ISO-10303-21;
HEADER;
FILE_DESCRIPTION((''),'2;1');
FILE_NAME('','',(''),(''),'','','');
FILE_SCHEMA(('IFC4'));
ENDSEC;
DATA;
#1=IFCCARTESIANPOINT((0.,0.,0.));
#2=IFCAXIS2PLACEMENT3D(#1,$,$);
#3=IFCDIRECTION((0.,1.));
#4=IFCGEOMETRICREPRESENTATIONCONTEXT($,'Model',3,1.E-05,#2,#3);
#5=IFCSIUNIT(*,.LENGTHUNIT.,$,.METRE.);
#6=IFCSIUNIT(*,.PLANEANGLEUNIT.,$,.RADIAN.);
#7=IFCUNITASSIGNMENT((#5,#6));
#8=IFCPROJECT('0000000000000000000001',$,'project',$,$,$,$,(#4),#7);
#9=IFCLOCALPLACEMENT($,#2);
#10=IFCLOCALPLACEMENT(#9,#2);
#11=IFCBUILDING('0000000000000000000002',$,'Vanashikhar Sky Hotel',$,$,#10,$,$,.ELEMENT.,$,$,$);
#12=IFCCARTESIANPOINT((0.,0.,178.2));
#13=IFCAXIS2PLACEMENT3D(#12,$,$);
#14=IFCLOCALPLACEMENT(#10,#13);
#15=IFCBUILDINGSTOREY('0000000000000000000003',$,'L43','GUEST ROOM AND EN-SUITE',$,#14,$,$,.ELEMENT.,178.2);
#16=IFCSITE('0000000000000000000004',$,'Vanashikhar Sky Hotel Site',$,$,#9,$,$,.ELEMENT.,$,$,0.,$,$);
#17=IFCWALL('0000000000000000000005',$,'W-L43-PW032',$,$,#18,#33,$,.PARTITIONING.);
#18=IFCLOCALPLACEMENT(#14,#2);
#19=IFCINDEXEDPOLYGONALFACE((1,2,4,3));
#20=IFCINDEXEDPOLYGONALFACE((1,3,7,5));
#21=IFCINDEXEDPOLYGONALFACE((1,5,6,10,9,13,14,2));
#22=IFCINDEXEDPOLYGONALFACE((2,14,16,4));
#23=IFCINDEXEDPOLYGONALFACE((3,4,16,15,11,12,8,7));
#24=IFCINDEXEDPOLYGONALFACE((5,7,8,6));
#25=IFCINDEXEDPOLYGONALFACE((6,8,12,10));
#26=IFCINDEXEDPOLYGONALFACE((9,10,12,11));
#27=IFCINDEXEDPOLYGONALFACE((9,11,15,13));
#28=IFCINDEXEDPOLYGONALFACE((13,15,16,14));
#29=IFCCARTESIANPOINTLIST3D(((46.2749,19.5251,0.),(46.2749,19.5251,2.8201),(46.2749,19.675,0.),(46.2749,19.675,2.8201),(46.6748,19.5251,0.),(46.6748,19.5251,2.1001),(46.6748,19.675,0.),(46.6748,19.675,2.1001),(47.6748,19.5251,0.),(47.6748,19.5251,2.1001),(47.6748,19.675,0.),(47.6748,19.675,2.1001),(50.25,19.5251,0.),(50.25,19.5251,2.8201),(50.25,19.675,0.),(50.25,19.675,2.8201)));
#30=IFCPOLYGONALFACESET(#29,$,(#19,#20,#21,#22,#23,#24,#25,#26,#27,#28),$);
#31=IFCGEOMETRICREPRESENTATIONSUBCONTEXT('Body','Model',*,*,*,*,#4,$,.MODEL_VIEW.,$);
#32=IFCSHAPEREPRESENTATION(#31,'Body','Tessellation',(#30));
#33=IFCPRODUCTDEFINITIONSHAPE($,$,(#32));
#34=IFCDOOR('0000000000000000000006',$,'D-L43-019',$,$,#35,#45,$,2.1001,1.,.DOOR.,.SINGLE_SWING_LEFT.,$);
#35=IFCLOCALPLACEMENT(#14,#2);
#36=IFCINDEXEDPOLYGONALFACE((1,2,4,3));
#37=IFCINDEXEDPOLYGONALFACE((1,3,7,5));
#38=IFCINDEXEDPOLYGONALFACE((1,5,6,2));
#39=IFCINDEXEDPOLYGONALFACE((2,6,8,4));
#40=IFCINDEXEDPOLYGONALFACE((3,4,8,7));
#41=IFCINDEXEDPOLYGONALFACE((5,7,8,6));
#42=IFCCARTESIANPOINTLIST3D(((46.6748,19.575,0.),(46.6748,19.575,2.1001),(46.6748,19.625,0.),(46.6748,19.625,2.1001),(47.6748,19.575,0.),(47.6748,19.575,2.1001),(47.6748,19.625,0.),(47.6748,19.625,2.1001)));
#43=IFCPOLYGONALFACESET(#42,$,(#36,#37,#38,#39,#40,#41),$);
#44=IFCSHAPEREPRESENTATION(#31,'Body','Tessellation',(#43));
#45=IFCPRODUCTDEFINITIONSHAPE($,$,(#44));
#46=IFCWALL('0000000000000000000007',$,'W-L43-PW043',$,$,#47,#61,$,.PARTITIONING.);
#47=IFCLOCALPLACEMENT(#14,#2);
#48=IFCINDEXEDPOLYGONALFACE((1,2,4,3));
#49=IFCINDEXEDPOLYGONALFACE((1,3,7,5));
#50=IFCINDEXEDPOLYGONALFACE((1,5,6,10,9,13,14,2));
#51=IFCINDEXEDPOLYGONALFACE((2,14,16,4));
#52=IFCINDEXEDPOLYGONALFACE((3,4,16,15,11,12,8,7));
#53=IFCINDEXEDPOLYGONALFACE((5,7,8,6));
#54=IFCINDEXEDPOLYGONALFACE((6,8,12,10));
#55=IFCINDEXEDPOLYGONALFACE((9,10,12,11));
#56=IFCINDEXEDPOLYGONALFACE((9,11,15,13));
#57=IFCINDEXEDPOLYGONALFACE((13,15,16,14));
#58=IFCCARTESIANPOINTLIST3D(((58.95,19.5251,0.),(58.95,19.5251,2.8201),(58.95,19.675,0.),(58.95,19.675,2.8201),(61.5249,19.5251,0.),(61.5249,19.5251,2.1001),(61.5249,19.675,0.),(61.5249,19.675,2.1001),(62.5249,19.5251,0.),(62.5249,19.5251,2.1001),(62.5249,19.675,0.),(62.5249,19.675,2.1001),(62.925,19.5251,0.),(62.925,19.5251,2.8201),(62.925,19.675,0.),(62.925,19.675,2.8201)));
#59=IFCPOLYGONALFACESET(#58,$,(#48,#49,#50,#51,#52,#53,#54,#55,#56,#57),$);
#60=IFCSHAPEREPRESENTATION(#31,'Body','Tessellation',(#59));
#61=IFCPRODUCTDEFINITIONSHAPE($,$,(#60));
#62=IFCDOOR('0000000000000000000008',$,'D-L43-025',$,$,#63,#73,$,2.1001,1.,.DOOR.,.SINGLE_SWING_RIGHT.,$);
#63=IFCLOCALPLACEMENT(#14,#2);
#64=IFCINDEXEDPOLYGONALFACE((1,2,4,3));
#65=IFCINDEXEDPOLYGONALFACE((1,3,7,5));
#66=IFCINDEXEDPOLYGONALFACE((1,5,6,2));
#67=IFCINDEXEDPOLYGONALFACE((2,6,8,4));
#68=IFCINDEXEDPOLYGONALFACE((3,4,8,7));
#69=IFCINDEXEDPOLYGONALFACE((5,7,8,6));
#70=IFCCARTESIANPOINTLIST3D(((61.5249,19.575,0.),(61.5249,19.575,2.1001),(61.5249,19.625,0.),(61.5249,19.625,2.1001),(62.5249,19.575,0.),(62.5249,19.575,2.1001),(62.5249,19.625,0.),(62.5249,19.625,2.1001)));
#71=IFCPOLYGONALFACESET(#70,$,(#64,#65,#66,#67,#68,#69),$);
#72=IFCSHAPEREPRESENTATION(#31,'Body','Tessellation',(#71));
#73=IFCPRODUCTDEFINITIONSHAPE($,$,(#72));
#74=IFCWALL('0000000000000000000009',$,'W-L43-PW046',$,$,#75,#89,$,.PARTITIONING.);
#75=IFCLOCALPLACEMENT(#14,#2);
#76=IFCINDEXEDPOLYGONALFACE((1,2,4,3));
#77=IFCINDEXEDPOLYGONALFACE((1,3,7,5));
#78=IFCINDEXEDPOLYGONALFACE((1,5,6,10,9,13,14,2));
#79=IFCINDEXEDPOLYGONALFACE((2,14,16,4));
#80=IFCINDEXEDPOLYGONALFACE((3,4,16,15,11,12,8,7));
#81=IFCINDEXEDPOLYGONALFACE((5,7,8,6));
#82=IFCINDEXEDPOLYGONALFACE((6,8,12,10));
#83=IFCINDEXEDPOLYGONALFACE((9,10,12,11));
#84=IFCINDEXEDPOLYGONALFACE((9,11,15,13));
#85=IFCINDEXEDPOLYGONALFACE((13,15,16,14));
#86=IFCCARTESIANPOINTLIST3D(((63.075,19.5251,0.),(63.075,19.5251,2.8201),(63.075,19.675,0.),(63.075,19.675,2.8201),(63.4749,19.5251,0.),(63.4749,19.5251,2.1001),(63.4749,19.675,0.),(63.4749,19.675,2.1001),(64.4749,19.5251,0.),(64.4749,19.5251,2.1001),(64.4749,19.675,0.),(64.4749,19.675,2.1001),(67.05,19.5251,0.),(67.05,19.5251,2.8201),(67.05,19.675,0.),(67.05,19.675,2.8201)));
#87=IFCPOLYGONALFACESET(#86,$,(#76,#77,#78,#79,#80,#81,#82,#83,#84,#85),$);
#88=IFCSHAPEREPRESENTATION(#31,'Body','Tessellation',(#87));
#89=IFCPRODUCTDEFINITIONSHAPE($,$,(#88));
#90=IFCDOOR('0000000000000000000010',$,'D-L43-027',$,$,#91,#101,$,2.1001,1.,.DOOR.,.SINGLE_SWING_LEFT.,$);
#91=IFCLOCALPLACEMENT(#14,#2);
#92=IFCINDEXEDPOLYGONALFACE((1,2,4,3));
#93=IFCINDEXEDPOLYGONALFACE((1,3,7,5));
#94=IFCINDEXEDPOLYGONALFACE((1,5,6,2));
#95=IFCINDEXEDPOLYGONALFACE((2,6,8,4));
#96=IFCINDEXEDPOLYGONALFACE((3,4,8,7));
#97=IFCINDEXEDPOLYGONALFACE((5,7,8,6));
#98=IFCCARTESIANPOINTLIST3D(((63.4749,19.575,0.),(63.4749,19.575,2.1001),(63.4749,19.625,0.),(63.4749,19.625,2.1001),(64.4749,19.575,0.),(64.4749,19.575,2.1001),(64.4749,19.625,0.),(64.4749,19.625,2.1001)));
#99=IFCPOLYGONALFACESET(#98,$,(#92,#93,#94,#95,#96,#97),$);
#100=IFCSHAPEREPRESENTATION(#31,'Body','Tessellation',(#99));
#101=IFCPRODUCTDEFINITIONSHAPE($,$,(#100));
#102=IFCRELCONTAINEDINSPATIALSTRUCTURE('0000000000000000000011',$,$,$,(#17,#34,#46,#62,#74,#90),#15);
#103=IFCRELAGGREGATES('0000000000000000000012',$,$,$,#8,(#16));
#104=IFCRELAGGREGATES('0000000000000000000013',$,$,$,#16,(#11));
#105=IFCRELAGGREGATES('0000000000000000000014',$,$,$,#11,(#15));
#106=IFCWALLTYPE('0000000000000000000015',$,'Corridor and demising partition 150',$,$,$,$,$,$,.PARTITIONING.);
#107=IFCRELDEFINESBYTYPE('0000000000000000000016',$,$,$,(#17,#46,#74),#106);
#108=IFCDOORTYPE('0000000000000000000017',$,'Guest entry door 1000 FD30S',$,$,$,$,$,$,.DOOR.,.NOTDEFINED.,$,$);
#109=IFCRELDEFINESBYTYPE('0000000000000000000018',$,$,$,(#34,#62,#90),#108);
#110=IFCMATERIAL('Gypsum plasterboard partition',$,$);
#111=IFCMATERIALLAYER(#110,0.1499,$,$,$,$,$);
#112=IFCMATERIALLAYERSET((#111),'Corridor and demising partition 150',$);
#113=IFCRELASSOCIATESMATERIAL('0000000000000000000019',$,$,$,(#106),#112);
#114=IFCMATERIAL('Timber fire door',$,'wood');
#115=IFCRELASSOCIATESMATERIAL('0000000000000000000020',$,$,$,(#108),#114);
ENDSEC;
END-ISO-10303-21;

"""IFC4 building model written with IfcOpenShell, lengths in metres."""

from ifc_helpers import new_model, si_unit, direction, frame, frame_2d, origin, place, context, subcontext, project, spatial, rectangle, extrude, source, transform, mapped, material, layer, layer_set, type_object, element, fill, save


model = new_model("IFC4")

# Units and contexts
model_context = context("Model", 3, precision=1e-05, world=origin(), true_north=direction((0.0, 1.0)))
body_context = subcontext(model_context, "Body", "Model", "MODEL_VIEW")
ifc_project = project(units=[si_unit("LENGTHUNIT", "METRE"), si_unit("PLANEANGLEUNIT", "RADIAN")], contexts=[model_context])

# Site, building, storey
site_placement = place(None, origin())
site = spatial("IfcSite", under=ifc_project, at=site_placement, Name="Vanashikhar Sky Hotel Site", CompositionType="ELEMENT", RefElevation=0.0)
building_placement = place(site_placement, origin())
building = spatial("IfcBuilding", under=site, at=building_placement, Name="Vanashikhar Sky Hotel", CompositionType="ELEMENT")
storey_placement = place(building_placement, frame((0.0, 0.0, 178.2)))
storey = spatial("IfcBuildingStorey", under=building, at=storey_placement, Name="L43", Description="GUEST ROOM AND EN-SUITE", CompositionType="ELEMENT", Elevation=178.2)

# Shared definitions
ifc_material_1 = material(Name="Gypsum plasterboard partition")

# Walls, openings, doors
ifc_layer_1 = layer(ifc_material_1, 0.1499)
ifc_layer_set_1 = layer_set([ifc_layer_1], Name="Corridor and demising partition 150")
wall_type_1 = type_object("IfcWallType", Name="Corridor and demising partition 150", PredefinedType="PARTITIONING", material=ifc_layer_set_1)
shared_shape_1 = source(origin(), body_context, "Body", "SweptSolid", [
    extrude(rectangle(XDim=1.0, YDim=2.1001, at=frame_2d((0.5, 1.05))), frame((0.0, 0.085, 0.0), z_axis=(0.0, -1.0, 0.0), x_axis=(1.0, 0.0, 0.0)), (0.0, 0.0, 1.0), 0.1699),
])
ifc_material_2 = material(Name="Timber fire door", Category="wood")
door_type_1 = type_object("IfcDoorType", Name="Guest entry door 1000 FD30S", OperationType="NOTDEFINED", PredefinedType="DOOR", material=ifc_material_2)
shared_shape_2 = source(origin(), body_context, "Body", "SweptSolid", [
    extrude(rectangle(XDim=1.0, YDim=2.1001, at=frame_2d((0.5, 1.05))), frame((0.0, 0.0249, 0.0), z_axis=(0.0, -1.0, 0.0), x_axis=(1.0, 0.0, 0.0)), (0.0, 0.0, 1.0), 0.05),
])
shared_shape_3 = source(origin(), body_context, "Body", "SweptSolid", [
    extrude(rectangle(XDim=3.9751, YDim=0.1499, at=frame_2d((1.9875, 0.0))), origin(), (0.0, 0.0, 1.0), 2.8201),
])
wall_1_placement = place(storey_placement, frame((46.2749, 19.6001, 0.0), z_axis=(0.0, 0.0, 1.0), x_axis=(1.0, 0.0, 0.0)))
wall_1 = element("IfcWall", 1, at=wall_1_placement, inside=storey, type_object=wall_type_1, Name="W-L43-PW032", PredefinedType="PARTITIONING", context=body_context, shape_type="MappedRepresentation", body=[
    mapped(shared_shape_3, transform((0.0, 0.0, 0.0), scale=1.0)),
])
opening_1_placement = place(wall_1_placement, frame((0.3999, 0.0, 0.0)))
opening_1 = element("IfcOpeningElement", 2, at=opening_1_placement, cuts=wall_1, PredefinedType="OPENING", context=body_context, shape_type="MappedRepresentation", body=[
    mapped(shared_shape_1, transform((0.0, 0.0, 0.0), scale=1.0)),
])
door_1_placement = place(opening_1_placement, origin())
door_1 = element("IfcDoor", 3, at=door_1_placement, inside=storey, type_object=door_type_1, Name="D-L43-019", OperationType="SINGLE_SWING_LEFT", OverallHeight=2.1001, OverallWidth=1.0, PredefinedType="DOOR", context=body_context, shape_type="MappedRepresentation", body=[
    mapped(shared_shape_2, transform((0.0, 0.0, 0.0), scale=1.0)),
])
fill(opening_1, door_1)
wall_2_placement = place(storey_placement, frame((58.95, 19.6001, 0.0), z_axis=(0.0, 0.0, 1.0), x_axis=(1.0, 0.0, 0.0)))
wall_2 = element("IfcWall", 4, at=wall_2_placement, inside=storey, type_object=wall_type_1, Name="W-L43-PW043", PredefinedType="PARTITIONING", context=body_context, shape_type="MappedRepresentation", body=[
    mapped(shared_shape_3, transform((0.0, 0.0, 0.0), scale=1.0)),
])
opening_2_placement = place(wall_2_placement, frame((2.575, 0.0, 0.0)))
opening_2 = element("IfcOpeningElement", 5, at=opening_2_placement, cuts=wall_2, PredefinedType="OPENING", context=body_context, shape_type="MappedRepresentation", body=[
    mapped(shared_shape_1, transform((0.0, 0.0, 0.0), scale=1.0)),
])
door_2_placement = place(opening_2_placement, origin())
door_2 = element("IfcDoor", 6, at=door_2_placement, inside=storey, type_object=door_type_1, Name="D-L43-025", OperationType="SINGLE_SWING_RIGHT", OverallHeight=2.1001, OverallWidth=1.0, PredefinedType="DOOR", context=body_context, shape_type="MappedRepresentation", body=[
    mapped(shared_shape_2, transform((0.0, 0.0, 0.0), scale=1.0)),
])
fill(opening_2, door_2)
wall_3_placement = place(storey_placement, frame((63.075, 19.6001, 0.0), z_axis=(0.0, 0.0, 1.0), x_axis=(1.0, 0.0, 0.0)))
wall_3 = element("IfcWall", 7, at=wall_3_placement, inside=storey, type_object=wall_type_1, Name="W-L43-PW046", PredefinedType="PARTITIONING", context=body_context, shape_type="MappedRepresentation", body=[
    mapped(shared_shape_3, transform((0.0, 0.0, 0.0), scale=1.0)),
])
opening_3_placement = place(wall_3_placement, frame((0.3999, 0.0, 0.0)))
opening_3 = element("IfcOpeningElement", 8, at=opening_3_placement, cuts=wall_3, PredefinedType="OPENING", context=body_context, shape_type="MappedRepresentation", body=[
    mapped(shared_shape_1, transform((0.0, 0.0, 0.0), scale=1.0)),
])
door_3_placement = place(opening_3_placement, origin())
door_3 = element("IfcDoor", 9, at=door_3_placement, inside=storey, type_object=door_type_1, Name="D-L43-027", OperationType="SINGLE_SWING_LEFT", OverallHeight=2.1001, OverallWidth=1.0, PredefinedType="DOOR", context=body_context, shape_type="MappedRepresentation", body=[
    mapped(shared_shape_2, transform((0.0, 0.0, 0.0), scale=1.0)),
])
fill(opening_3, door_3)

save(model, "model.ifc")
